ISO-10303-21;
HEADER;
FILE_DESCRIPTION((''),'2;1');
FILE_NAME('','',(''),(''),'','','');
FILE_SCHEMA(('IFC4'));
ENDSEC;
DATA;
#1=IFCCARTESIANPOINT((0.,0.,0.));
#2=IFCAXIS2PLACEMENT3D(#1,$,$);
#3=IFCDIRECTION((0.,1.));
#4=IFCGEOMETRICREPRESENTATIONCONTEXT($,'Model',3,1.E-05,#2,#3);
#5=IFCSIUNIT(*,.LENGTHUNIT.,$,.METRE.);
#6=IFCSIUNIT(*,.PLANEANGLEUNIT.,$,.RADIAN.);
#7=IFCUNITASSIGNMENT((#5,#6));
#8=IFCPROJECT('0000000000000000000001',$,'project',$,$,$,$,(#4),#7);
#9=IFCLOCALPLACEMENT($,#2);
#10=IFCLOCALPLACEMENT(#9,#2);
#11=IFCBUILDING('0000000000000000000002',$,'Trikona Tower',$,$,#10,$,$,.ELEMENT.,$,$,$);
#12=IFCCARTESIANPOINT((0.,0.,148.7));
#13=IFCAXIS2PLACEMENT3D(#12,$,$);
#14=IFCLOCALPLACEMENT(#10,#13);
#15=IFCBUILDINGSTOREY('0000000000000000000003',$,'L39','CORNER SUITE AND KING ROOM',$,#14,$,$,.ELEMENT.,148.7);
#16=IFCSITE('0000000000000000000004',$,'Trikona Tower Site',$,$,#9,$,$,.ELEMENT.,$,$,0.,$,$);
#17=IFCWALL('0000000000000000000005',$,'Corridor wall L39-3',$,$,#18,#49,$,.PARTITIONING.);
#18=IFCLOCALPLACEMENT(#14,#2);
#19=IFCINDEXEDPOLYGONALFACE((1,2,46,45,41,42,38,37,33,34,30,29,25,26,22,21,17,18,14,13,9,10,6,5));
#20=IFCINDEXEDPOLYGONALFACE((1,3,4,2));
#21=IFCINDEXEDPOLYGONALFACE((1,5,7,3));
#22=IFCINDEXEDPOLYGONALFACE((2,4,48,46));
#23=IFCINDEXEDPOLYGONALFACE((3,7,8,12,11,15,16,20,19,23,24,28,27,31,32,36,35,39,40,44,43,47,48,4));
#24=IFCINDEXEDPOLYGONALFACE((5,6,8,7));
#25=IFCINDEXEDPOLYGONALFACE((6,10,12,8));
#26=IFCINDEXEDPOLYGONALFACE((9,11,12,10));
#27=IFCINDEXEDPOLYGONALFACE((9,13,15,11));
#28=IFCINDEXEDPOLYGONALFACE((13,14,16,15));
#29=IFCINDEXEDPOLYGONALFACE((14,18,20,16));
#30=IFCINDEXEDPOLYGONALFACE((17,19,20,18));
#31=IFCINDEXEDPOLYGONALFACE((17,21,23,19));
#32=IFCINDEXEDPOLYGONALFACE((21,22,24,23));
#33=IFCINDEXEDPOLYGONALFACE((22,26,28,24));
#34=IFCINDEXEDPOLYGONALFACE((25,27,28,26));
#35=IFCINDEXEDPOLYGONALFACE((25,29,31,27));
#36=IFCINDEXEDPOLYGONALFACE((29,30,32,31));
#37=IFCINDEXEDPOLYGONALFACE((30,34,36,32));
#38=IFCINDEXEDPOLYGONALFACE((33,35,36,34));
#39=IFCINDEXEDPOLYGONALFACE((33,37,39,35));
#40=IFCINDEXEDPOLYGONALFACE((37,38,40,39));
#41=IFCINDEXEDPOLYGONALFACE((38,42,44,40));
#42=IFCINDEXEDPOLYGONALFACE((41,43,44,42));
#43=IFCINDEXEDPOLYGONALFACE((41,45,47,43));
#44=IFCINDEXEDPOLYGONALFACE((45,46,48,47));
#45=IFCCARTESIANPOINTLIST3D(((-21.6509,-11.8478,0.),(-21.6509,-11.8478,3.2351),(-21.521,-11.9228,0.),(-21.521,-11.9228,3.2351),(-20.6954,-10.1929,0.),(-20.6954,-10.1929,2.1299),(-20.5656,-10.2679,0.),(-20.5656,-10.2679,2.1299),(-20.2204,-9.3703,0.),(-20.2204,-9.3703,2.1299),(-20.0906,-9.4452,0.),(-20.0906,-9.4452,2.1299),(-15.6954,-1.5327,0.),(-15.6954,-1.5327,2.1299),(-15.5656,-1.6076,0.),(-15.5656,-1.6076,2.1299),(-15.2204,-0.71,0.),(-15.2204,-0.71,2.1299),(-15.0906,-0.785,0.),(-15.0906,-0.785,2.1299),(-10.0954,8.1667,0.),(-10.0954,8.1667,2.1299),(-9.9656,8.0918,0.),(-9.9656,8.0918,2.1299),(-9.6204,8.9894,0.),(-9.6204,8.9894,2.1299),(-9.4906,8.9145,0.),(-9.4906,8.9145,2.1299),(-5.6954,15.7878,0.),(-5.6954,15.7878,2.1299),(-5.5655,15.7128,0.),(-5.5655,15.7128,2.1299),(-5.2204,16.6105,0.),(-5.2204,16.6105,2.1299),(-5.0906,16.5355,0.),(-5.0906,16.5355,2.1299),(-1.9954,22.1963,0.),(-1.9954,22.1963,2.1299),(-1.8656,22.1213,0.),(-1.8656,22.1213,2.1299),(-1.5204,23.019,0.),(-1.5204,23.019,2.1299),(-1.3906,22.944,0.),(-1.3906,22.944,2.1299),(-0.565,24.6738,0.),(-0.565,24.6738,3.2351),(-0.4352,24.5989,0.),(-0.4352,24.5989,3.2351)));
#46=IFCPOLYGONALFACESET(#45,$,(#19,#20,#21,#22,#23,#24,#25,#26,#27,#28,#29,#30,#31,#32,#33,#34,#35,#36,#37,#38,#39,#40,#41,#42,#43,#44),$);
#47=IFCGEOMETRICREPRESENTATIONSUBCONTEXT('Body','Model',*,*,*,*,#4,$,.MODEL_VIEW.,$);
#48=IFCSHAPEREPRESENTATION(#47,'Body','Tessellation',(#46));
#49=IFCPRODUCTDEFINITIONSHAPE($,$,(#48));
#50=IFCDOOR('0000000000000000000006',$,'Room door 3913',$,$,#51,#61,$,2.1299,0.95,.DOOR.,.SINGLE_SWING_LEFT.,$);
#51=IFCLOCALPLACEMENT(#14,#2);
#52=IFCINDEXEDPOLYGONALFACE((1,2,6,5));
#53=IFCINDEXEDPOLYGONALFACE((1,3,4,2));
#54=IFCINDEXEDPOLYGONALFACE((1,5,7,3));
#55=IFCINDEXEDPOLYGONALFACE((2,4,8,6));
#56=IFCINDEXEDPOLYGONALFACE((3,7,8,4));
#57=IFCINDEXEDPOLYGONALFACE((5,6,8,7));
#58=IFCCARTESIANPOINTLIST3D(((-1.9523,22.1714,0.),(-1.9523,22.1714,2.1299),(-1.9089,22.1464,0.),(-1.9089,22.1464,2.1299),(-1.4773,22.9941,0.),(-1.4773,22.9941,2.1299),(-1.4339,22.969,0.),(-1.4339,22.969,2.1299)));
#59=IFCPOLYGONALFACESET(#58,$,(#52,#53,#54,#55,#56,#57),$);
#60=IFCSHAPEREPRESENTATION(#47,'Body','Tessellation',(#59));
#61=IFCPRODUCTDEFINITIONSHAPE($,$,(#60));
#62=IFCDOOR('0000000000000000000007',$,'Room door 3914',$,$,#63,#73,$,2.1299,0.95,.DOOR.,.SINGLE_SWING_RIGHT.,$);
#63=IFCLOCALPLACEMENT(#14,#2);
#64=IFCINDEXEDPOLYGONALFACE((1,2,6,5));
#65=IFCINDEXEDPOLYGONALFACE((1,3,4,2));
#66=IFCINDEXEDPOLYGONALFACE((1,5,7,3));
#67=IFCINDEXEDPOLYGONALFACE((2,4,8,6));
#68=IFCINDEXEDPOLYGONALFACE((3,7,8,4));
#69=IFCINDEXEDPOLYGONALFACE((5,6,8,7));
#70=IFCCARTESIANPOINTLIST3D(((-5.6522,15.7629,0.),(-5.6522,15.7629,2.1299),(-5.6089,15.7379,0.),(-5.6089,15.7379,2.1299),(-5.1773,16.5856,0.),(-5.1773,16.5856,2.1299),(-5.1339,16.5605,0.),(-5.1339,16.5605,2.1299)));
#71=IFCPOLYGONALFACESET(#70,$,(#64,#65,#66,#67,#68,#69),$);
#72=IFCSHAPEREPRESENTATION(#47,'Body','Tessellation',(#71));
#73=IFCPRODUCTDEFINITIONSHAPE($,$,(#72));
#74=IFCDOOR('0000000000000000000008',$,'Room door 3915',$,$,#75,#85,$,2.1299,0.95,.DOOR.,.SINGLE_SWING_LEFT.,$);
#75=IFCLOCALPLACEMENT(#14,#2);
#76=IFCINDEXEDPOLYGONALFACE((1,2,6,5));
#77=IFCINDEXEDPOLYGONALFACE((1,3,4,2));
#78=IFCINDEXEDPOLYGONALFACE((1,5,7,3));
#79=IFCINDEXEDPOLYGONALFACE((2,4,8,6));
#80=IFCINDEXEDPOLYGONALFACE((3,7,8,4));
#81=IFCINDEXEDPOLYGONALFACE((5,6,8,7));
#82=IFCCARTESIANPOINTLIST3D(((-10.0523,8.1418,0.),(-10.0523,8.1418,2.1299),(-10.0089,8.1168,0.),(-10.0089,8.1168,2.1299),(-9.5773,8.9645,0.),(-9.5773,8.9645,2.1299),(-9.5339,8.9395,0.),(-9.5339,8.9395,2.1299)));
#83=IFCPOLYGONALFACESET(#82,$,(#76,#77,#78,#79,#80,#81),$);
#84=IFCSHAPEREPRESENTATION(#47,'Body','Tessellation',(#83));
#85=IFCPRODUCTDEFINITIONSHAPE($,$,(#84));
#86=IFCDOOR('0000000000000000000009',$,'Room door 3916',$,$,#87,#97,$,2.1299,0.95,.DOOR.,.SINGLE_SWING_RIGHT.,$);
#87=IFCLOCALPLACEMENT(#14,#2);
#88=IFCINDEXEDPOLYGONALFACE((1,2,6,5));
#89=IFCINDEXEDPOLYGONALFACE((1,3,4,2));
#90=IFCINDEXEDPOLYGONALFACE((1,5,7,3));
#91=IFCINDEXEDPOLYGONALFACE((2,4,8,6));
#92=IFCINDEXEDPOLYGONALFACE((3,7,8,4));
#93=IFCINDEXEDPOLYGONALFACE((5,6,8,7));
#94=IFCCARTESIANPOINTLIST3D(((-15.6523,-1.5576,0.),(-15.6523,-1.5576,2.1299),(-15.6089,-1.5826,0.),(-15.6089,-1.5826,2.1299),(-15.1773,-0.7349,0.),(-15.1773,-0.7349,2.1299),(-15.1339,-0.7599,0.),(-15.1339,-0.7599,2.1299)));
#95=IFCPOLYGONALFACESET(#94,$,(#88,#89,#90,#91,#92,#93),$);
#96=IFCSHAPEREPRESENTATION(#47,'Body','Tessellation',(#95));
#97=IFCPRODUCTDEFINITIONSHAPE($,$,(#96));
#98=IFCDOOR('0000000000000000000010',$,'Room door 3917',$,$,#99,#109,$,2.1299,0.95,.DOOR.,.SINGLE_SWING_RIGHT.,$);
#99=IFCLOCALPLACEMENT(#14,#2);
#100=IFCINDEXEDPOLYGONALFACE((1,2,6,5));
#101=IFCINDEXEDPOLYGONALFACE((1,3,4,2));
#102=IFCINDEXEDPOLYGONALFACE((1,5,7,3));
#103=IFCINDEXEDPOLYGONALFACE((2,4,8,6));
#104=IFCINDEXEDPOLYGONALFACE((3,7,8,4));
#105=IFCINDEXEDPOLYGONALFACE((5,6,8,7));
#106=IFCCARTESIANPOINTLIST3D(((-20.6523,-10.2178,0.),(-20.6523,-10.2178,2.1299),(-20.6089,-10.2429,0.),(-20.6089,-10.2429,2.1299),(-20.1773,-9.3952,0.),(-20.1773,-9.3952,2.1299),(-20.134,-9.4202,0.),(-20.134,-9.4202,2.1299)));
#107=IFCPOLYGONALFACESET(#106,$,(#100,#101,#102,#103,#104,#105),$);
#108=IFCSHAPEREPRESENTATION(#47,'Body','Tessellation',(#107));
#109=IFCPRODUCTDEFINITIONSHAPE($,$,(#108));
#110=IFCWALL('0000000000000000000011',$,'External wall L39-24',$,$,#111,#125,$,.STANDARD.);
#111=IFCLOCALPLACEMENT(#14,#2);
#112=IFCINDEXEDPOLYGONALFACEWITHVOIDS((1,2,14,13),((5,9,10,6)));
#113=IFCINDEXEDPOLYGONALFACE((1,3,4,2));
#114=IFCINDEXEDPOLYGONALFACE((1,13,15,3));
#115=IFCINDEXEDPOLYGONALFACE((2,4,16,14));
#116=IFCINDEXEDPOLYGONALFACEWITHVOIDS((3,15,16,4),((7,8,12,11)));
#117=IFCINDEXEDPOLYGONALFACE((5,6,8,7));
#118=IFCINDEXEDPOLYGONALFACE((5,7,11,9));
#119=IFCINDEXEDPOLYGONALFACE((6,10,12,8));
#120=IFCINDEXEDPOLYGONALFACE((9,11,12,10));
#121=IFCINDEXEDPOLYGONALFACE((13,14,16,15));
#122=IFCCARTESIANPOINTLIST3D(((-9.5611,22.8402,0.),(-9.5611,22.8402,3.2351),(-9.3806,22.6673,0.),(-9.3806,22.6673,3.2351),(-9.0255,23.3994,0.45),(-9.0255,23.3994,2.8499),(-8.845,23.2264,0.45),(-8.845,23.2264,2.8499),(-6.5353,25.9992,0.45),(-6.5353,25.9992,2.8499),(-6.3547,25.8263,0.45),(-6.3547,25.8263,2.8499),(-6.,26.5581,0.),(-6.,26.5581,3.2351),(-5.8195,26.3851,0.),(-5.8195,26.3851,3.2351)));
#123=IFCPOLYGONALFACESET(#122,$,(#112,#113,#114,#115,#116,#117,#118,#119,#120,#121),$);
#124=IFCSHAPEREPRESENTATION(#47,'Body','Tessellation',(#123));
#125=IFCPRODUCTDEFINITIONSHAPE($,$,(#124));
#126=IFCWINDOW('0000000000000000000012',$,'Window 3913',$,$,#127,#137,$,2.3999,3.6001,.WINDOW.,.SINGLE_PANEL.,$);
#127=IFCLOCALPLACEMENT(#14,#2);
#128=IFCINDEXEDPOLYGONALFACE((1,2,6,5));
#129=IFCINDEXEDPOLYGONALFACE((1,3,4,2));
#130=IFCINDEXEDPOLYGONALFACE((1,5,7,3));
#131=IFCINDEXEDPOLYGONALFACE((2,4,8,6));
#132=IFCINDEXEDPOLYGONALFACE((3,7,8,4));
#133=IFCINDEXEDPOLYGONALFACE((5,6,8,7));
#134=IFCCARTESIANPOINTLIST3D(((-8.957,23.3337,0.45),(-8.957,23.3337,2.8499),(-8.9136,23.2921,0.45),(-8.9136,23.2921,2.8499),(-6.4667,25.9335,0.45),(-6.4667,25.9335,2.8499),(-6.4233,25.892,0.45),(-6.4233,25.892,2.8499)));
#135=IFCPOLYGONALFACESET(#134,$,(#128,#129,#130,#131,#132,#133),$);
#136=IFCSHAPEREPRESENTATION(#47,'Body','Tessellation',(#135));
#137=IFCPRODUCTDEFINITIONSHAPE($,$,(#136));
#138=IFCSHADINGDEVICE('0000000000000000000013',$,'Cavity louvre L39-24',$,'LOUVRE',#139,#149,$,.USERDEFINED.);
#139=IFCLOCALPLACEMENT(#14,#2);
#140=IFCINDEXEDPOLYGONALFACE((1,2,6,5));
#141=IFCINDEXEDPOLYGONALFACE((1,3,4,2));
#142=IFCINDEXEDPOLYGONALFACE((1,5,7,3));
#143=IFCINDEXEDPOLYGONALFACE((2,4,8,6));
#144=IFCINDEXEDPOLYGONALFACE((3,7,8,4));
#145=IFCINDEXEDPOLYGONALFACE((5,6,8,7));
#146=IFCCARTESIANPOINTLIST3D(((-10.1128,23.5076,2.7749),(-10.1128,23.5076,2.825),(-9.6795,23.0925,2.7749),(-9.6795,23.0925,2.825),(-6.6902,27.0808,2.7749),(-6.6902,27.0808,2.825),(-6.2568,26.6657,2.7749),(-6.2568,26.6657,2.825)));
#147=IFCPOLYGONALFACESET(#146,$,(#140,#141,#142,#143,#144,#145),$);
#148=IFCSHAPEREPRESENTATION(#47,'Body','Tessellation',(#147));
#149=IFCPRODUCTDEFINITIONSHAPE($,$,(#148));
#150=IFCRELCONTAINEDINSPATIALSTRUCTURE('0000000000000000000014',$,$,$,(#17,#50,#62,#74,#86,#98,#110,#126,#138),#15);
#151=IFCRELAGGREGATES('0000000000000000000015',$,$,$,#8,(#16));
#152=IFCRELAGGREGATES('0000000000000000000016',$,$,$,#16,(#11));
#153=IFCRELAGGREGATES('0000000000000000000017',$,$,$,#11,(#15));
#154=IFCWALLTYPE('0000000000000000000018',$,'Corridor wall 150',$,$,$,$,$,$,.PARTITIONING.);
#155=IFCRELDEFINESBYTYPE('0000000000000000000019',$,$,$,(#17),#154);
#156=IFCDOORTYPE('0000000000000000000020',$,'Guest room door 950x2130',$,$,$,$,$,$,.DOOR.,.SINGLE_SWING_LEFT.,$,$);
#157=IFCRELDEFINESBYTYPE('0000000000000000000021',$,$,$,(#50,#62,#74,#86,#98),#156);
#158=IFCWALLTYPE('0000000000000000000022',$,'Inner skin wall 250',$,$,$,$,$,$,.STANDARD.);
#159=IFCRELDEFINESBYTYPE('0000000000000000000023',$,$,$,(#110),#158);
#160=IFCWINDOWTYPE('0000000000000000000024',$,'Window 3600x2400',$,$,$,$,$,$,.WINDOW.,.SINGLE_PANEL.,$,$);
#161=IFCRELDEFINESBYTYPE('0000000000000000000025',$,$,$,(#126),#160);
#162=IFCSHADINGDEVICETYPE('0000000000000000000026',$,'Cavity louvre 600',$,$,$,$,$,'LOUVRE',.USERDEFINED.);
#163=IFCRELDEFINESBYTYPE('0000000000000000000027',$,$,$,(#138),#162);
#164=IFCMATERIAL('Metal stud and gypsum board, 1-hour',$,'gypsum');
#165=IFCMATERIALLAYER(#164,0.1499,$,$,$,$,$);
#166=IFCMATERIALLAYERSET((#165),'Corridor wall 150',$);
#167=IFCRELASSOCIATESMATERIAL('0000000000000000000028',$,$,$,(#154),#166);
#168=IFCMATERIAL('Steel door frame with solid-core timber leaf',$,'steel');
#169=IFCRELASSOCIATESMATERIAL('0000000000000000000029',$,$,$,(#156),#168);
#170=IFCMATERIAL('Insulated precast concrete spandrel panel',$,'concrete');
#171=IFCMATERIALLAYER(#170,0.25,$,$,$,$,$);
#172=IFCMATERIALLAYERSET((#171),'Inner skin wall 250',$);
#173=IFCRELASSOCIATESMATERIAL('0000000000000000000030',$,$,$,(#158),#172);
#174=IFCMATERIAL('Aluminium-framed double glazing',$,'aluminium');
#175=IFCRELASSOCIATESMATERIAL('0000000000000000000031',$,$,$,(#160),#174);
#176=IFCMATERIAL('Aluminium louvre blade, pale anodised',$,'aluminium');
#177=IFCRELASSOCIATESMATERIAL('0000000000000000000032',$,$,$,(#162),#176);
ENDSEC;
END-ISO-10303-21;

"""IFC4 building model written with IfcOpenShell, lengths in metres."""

from ifc_helpers import new_model, si_unit, direction, frame, frame_2d, origin, origin_2d, place, context, subcontext, project, spatial, rectangle, extrude, material, layer, layer_set, type_object, element, fill, save


model = new_model("IFC4")

# Units and contexts
model_context = context("Model", 3, precision=1e-05, world=origin(), true_north=direction((0.0, 1.0)))
body_context = subcontext(model_context, "Body", "Model", "MODEL_VIEW")
ifc_project = project(units=[si_unit("LENGTHUNIT", "METRE"), si_unit("PLANEANGLEUNIT", "RADIAN")], contexts=[model_context])

# Site, building, storey
site_placement = place(None, origin())
site = spatial("IfcSite", under=ifc_project, at=site_placement, Name="Trikona Tower Site", CompositionType="ELEMENT", RefElevation=0.0)
building_placement = place(site_placement, origin())
building = spatial("IfcBuilding", under=site, at=building_placement, Name="Trikona Tower", CompositionType="ELEMENT")
storey_placement = place(building_placement, frame((0.0, 0.0, 148.7)))
storey = spatial("IfcBuildingStorey", under=building, at=storey_placement, Name="L39", Description="CORNER SUITE AND KING ROOM", CompositionType="ELEMENT", Elevation=148.7)

# Wall, openings, doors
ifc_material_1 = material(Name="Metal stud and gypsum board, 1-hour", Category="gypsum")
ifc_layer_1 = layer(ifc_material_1, 0.1499)
ifc_layer_set_1 = layer_set([ifc_layer_1], Name="Corridor wall 150")
wall_type_1 = type_object("IfcWallType", Name="Corridor wall 150", PredefinedType="PARTITIONING", material=ifc_layer_set_1)
wall_1_placement = place(storey_placement, frame((-0.5, 24.6365, 0.0), z_axis=(0.0, 0.0, 1.0), x_axis=(-0.500002, -0.866024, 0.0)))
wall_1 = element("IfcWall", 1, at=wall_1_placement, inside=storey, type_object=wall_type_1, Name="Corridor wall L39-3", PredefinedType="PARTITIONING", context=body_context, shape_type="SweptSolid", body=[
    extrude(rectangle(XDim=42.1716, YDim=0.1499, at=frame_2d((21.0859, 0.0))), origin(), (0.0, 0.0, 1.0), 3.2351),
])
opening_1_placement = place(wall_1_placement, frame((1.9109, 0.0, 0.0)))
opening_1 = element("IfcOpeningElement", 2, at=opening_1_placement, cuts=wall_1, PredefinedType="OPENING", context=body_context, shape_type="SweptSolid", body=[
    extrude(rectangle(XDim=0.95, YDim=2.1299, at=frame_2d((0.4751, 1.0649))), frame((0.0, 0.085, 0.0), z_axis=(0.0, -1.0, 0.0), x_axis=(1.0, 0.0, 0.0)), (0.0, 0.0, 1.0), 0.1699),
])
opening_2_placement = place(wall_1_placement, frame((9.3108, 0.0, 0.0)))
opening_2 = element("IfcOpeningElement", 3, at=opening_2_placement, cuts=wall_1, PredefinedType="OPENING", context=body_context, shape_type="SweptSolid", body=[
    extrude(rectangle(XDim=0.95, YDim=2.1299, at=frame_2d((0.4751, 1.0649))), frame((0.0, 0.085, 0.0), z_axis=(0.0, -1.0, 0.0), x_axis=(1.0, 0.0, 0.0)), (0.0, 0.0, 1.0), 0.1699),
])
opening_3_placement = place(wall_1_placement, frame((18.1108, 0.0, 0.0)))
opening_3 = element("IfcOpeningElement", 4, at=opening_3_placement, cuts=wall_1, PredefinedType="OPENING", context=body_context, shape_type="SweptSolid", body=[
    extrude(rectangle(XDim=0.95, YDim=2.1299, at=frame_2d((0.4751, 1.0649))), frame((0.0, 0.085, 0.0), z_axis=(0.0, -1.0, 0.0), x_axis=(1.0, 0.0, 0.0)), (0.0, 0.0, 1.0), 0.1699),
])
opening_4_placement = place(wall_1_placement, frame((29.3108, 0.0, 0.0)))
opening_4 = element("IfcOpeningElement", 5, at=opening_4_placement, cuts=wall_1, PredefinedType="OPENING", context=body_context, shape_type="SweptSolid", body=[
    extrude(rectangle(XDim=0.95, YDim=2.1299, at=frame_2d((0.4751, 1.0649))), frame((0.0, 0.085, 0.0), z_axis=(0.0, -1.0, 0.0), x_axis=(1.0, 0.0, 0.0)), (0.0, 0.0, 1.0), 0.1699),
])
opening_5_placement = place(wall_1_placement, frame((39.3108, 0.0, 0.0)))
opening_5 = element("IfcOpeningElement", 6, at=opening_5_placement, cuts=wall_1, PredefinedType="OPENING", context=body_context, shape_type="SweptSolid", body=[
    extrude(rectangle(XDim=0.95, YDim=2.1299, at=frame_2d((0.4751, 1.0649))), frame((0.0, 0.085, 0.0), z_axis=(0.0, -1.0, 0.0), x_axis=(1.0, 0.0, 0.0)), (0.0, 0.0, 1.0), 0.1699),
])
ifc_material_2 = material(Name="Steel door frame with solid-core timber leaf", Category="steel")
door_type = type_object("IfcDoorType", Name="Guest room door 950x2130", OperationType="SINGLE_SWING_LEFT", PredefinedType="DOOR", material=ifc_material_2)
door_1_placement = place(opening_1_placement, origin())
door_1 = element("IfcDoor", 7, at=door_1_placement, inside=storey, type_object=door_type, Name="Room door 3913", OperationType="SINGLE_SWING_LEFT", OverallHeight=2.1299, OverallWidth=0.95, PredefinedType="DOOR", context=body_context, shape_type="SweptSolid", body=[
    extrude(rectangle(XDim=0.95, YDim=2.1299, at=frame_2d((0.4751, 1.0649))), frame((0.0, 0.0249, 0.0), z_axis=(0.0, -1.0, 0.0), x_axis=(1.0, 0.0, 0.0)), (0.0, 0.0, 1.0), 0.05),
])
fill(opening_1, door_1)
door_2_placement = place(opening_2_placement, origin())
door_2 = element("IfcDoor", 8, at=door_2_placement, inside=storey, type_object=door_type, Name="Room door 3914", OperationType="SINGLE_SWING_RIGHT", OverallHeight=2.1299, OverallWidth=0.95, PredefinedType="DOOR", context=body_context, shape_type="SweptSolid", body=[
    extrude(rectangle(XDim=0.95, YDim=2.1299, at=frame_2d((0.4751, 1.0649))), frame((0.0, 0.0249, 0.0), z_axis=(0.0, -1.0, 0.0), x_axis=(1.0, 0.0, 0.0)), (0.0, 0.0, 1.0), 0.05),
])
fill(opening_2, door_2)
door_3_placement = place(opening_3_placement, origin())
door_3 = element("IfcDoor", 9, at=door_3_placement, inside=storey, type_object=door_type, Name="Room door 3915", OperationType="SINGLE_SWING_LEFT", OverallHeight=2.1299, OverallWidth=0.95, PredefinedType="DOOR", context=body_context, shape_type="SweptSolid", body=[
    extrude(rectangle(XDim=0.95, YDim=2.1299, at=frame_2d((0.4751, 1.0649))), frame((0.0, 0.0249, 0.0), z_axis=(0.0, -1.0, 0.0), x_axis=(1.0, 0.0, 0.0)), (0.0, 0.0, 1.0), 0.05),
])
fill(opening_3, door_3)
door_4_placement = place(opening_4_placement, origin())
door_4 = element("IfcDoor", 10, at=door_4_placement, inside=storey, type_object=door_type, Name="Room door 3916", OperationType="SINGLE_SWING_RIGHT", OverallHeight=2.1299, OverallWidth=0.95, PredefinedType="DOOR", context=body_context, shape_type="SweptSolid", body=[
    extrude(rectangle(XDim=0.95, YDim=2.1299, at=frame_2d((0.4751, 1.0649))), frame((0.0, 0.0249, 0.0), z_axis=(0.0, -1.0, 0.0), x_axis=(1.0, 0.0, 0.0)), (0.0, 0.0, 1.0), 0.05),
])
fill(opening_4, door_4)
door_5_placement = place(opening_5_placement, origin())
door_5 = element("IfcDoor", 11, at=door_5_placement, inside=storey, type_object=door_type, Name="Room door 3917", OperationType="SINGLE_SWING_RIGHT", OverallHeight=2.1299, OverallWidth=0.95, PredefinedType="DOOR", context=body_context, shape_type="SweptSolid", body=[
    extrude(rectangle(XDim=0.95, YDim=2.1299, at=frame_2d((0.4751, 1.0649))), frame((0.0, 0.0249, 0.0), z_axis=(0.0, -1.0, 0.0), x_axis=(1.0, 0.0, 0.0)), (0.0, 0.0, 1.0), 0.05),
])
fill(opening_5, door_5)

# Wall, opening, window
ifc_material_3 = material(Name="Insulated precast concrete spandrel panel", Category="concrete")
ifc_layer_2 = layer(ifc_material_3, 0.25)
ifc_layer_set_2 = layer_set([ifc_layer_2], Name="Inner skin wall 250")
wall_type_2 = type_object("IfcWallType", Name="Inner skin wall 250", PredefinedType="STANDARD", material=ifc_layer_set_2)
wall_2_placement = place(storey_placement, frame((-5.9097, 26.4717, 0.0), z_axis=(0.0, 0.0, 1.0), x_axis=(-0.69172, -0.722166, 0.0)))
wall_2 = element("IfcWall", 12, at=wall_2_placement, inside=storey, type_object=wall_type_2, Name="External wall L39-24", PredefinedType="STANDARD", context=body_context, shape_type="SweptSolid", body=[
    extrude(rectangle(XDim=5.1482, YDim=0.25, at=frame_2d((2.5742, 0.0))), origin(), (0.0, 0.0, 1.0), 3.2351),
])
opening_6_placement = place(wall_2_placement, frame((0.7739, 0.0, 0.45)))
opening_6 = element("IfcOpeningElement", 13, at=opening_6_placement, cuts=wall_2, PredefinedType="OPENING", context=body_context, shape_type="SweptSolid", body=[
    extrude(rectangle(XDim=3.6001, YDim=2.3999, at=frame_2d((1.8, 1.2))), frame((0.0, 0.135, 0.0), z_axis=(0.0, -1.0, 0.0), x_axis=(1.0, 0.0, 0.0)), (0.0, 0.0, 1.0), 0.27),
])
ifc_material_4 = material(Name="Aluminium-framed double glazing", Category="aluminium")
window_type_1 = type_object("IfcWindowType", Name="Window 3600x2400", PartitioningType="SINGLE_PANEL", PredefinedType="WINDOW", material=ifc_material_4)
window_1_placement = place(opening_6_placement, origin())
window_1 = element("IfcWindow", 14, at=window_1_placement, inside=storey, type_object=window_type_1, Name="Window 3913", OverallHeight=2.3999, OverallWidth=3.6001, PartitioningType="SINGLE_PANEL", PredefinedType="WINDOW", context=body_context, shape_type="SweptSolid", body=[
    extrude(rectangle(XDim=3.6001, YDim=2.3999, at=frame_2d((1.8, 1.2))), frame((0.0, 0.03, 0.0), z_axis=(0.0, -1.0, 0.0), x_axis=(1.0, 0.0, 0.0)), (0.0, 0.0, 1.0), 0.0601),
])
fill(opening_6, window_1)

# Shading device
ifc_material_5 = material(Name="Aluminium louvre blade, pale anodised", Category="aluminium")
shading_device_type = type_object("IfcShadingDeviceType", Name="Cavity louvre 600", ElementType="LOUVRE", PredefinedType="USERDEFINED", material=ifc_material_5)
shading_device_placement = place(storey_placement, frame((-8.1848, 25.0867, 2.7749), z_axis=(0.0, 0.0, 1.0), x_axis=(-0.691724, -0.722162, 0.0)))
element("IfcShadingDevice", 15, at=shading_device_placement, inside=storey, type_object=shading_device_type, Name="Cavity louvre L39-24", ObjectType="LOUVRE", PredefinedType="USERDEFINED", context=body_context, shape_type="SweptSolid", body=[
    extrude(rectangle(XDim=4.948, YDim=0.6001, at=origin_2d()), origin(), (0.0, 0.0, 1.0), 0.05),
])

save(model, "model.ifc")
